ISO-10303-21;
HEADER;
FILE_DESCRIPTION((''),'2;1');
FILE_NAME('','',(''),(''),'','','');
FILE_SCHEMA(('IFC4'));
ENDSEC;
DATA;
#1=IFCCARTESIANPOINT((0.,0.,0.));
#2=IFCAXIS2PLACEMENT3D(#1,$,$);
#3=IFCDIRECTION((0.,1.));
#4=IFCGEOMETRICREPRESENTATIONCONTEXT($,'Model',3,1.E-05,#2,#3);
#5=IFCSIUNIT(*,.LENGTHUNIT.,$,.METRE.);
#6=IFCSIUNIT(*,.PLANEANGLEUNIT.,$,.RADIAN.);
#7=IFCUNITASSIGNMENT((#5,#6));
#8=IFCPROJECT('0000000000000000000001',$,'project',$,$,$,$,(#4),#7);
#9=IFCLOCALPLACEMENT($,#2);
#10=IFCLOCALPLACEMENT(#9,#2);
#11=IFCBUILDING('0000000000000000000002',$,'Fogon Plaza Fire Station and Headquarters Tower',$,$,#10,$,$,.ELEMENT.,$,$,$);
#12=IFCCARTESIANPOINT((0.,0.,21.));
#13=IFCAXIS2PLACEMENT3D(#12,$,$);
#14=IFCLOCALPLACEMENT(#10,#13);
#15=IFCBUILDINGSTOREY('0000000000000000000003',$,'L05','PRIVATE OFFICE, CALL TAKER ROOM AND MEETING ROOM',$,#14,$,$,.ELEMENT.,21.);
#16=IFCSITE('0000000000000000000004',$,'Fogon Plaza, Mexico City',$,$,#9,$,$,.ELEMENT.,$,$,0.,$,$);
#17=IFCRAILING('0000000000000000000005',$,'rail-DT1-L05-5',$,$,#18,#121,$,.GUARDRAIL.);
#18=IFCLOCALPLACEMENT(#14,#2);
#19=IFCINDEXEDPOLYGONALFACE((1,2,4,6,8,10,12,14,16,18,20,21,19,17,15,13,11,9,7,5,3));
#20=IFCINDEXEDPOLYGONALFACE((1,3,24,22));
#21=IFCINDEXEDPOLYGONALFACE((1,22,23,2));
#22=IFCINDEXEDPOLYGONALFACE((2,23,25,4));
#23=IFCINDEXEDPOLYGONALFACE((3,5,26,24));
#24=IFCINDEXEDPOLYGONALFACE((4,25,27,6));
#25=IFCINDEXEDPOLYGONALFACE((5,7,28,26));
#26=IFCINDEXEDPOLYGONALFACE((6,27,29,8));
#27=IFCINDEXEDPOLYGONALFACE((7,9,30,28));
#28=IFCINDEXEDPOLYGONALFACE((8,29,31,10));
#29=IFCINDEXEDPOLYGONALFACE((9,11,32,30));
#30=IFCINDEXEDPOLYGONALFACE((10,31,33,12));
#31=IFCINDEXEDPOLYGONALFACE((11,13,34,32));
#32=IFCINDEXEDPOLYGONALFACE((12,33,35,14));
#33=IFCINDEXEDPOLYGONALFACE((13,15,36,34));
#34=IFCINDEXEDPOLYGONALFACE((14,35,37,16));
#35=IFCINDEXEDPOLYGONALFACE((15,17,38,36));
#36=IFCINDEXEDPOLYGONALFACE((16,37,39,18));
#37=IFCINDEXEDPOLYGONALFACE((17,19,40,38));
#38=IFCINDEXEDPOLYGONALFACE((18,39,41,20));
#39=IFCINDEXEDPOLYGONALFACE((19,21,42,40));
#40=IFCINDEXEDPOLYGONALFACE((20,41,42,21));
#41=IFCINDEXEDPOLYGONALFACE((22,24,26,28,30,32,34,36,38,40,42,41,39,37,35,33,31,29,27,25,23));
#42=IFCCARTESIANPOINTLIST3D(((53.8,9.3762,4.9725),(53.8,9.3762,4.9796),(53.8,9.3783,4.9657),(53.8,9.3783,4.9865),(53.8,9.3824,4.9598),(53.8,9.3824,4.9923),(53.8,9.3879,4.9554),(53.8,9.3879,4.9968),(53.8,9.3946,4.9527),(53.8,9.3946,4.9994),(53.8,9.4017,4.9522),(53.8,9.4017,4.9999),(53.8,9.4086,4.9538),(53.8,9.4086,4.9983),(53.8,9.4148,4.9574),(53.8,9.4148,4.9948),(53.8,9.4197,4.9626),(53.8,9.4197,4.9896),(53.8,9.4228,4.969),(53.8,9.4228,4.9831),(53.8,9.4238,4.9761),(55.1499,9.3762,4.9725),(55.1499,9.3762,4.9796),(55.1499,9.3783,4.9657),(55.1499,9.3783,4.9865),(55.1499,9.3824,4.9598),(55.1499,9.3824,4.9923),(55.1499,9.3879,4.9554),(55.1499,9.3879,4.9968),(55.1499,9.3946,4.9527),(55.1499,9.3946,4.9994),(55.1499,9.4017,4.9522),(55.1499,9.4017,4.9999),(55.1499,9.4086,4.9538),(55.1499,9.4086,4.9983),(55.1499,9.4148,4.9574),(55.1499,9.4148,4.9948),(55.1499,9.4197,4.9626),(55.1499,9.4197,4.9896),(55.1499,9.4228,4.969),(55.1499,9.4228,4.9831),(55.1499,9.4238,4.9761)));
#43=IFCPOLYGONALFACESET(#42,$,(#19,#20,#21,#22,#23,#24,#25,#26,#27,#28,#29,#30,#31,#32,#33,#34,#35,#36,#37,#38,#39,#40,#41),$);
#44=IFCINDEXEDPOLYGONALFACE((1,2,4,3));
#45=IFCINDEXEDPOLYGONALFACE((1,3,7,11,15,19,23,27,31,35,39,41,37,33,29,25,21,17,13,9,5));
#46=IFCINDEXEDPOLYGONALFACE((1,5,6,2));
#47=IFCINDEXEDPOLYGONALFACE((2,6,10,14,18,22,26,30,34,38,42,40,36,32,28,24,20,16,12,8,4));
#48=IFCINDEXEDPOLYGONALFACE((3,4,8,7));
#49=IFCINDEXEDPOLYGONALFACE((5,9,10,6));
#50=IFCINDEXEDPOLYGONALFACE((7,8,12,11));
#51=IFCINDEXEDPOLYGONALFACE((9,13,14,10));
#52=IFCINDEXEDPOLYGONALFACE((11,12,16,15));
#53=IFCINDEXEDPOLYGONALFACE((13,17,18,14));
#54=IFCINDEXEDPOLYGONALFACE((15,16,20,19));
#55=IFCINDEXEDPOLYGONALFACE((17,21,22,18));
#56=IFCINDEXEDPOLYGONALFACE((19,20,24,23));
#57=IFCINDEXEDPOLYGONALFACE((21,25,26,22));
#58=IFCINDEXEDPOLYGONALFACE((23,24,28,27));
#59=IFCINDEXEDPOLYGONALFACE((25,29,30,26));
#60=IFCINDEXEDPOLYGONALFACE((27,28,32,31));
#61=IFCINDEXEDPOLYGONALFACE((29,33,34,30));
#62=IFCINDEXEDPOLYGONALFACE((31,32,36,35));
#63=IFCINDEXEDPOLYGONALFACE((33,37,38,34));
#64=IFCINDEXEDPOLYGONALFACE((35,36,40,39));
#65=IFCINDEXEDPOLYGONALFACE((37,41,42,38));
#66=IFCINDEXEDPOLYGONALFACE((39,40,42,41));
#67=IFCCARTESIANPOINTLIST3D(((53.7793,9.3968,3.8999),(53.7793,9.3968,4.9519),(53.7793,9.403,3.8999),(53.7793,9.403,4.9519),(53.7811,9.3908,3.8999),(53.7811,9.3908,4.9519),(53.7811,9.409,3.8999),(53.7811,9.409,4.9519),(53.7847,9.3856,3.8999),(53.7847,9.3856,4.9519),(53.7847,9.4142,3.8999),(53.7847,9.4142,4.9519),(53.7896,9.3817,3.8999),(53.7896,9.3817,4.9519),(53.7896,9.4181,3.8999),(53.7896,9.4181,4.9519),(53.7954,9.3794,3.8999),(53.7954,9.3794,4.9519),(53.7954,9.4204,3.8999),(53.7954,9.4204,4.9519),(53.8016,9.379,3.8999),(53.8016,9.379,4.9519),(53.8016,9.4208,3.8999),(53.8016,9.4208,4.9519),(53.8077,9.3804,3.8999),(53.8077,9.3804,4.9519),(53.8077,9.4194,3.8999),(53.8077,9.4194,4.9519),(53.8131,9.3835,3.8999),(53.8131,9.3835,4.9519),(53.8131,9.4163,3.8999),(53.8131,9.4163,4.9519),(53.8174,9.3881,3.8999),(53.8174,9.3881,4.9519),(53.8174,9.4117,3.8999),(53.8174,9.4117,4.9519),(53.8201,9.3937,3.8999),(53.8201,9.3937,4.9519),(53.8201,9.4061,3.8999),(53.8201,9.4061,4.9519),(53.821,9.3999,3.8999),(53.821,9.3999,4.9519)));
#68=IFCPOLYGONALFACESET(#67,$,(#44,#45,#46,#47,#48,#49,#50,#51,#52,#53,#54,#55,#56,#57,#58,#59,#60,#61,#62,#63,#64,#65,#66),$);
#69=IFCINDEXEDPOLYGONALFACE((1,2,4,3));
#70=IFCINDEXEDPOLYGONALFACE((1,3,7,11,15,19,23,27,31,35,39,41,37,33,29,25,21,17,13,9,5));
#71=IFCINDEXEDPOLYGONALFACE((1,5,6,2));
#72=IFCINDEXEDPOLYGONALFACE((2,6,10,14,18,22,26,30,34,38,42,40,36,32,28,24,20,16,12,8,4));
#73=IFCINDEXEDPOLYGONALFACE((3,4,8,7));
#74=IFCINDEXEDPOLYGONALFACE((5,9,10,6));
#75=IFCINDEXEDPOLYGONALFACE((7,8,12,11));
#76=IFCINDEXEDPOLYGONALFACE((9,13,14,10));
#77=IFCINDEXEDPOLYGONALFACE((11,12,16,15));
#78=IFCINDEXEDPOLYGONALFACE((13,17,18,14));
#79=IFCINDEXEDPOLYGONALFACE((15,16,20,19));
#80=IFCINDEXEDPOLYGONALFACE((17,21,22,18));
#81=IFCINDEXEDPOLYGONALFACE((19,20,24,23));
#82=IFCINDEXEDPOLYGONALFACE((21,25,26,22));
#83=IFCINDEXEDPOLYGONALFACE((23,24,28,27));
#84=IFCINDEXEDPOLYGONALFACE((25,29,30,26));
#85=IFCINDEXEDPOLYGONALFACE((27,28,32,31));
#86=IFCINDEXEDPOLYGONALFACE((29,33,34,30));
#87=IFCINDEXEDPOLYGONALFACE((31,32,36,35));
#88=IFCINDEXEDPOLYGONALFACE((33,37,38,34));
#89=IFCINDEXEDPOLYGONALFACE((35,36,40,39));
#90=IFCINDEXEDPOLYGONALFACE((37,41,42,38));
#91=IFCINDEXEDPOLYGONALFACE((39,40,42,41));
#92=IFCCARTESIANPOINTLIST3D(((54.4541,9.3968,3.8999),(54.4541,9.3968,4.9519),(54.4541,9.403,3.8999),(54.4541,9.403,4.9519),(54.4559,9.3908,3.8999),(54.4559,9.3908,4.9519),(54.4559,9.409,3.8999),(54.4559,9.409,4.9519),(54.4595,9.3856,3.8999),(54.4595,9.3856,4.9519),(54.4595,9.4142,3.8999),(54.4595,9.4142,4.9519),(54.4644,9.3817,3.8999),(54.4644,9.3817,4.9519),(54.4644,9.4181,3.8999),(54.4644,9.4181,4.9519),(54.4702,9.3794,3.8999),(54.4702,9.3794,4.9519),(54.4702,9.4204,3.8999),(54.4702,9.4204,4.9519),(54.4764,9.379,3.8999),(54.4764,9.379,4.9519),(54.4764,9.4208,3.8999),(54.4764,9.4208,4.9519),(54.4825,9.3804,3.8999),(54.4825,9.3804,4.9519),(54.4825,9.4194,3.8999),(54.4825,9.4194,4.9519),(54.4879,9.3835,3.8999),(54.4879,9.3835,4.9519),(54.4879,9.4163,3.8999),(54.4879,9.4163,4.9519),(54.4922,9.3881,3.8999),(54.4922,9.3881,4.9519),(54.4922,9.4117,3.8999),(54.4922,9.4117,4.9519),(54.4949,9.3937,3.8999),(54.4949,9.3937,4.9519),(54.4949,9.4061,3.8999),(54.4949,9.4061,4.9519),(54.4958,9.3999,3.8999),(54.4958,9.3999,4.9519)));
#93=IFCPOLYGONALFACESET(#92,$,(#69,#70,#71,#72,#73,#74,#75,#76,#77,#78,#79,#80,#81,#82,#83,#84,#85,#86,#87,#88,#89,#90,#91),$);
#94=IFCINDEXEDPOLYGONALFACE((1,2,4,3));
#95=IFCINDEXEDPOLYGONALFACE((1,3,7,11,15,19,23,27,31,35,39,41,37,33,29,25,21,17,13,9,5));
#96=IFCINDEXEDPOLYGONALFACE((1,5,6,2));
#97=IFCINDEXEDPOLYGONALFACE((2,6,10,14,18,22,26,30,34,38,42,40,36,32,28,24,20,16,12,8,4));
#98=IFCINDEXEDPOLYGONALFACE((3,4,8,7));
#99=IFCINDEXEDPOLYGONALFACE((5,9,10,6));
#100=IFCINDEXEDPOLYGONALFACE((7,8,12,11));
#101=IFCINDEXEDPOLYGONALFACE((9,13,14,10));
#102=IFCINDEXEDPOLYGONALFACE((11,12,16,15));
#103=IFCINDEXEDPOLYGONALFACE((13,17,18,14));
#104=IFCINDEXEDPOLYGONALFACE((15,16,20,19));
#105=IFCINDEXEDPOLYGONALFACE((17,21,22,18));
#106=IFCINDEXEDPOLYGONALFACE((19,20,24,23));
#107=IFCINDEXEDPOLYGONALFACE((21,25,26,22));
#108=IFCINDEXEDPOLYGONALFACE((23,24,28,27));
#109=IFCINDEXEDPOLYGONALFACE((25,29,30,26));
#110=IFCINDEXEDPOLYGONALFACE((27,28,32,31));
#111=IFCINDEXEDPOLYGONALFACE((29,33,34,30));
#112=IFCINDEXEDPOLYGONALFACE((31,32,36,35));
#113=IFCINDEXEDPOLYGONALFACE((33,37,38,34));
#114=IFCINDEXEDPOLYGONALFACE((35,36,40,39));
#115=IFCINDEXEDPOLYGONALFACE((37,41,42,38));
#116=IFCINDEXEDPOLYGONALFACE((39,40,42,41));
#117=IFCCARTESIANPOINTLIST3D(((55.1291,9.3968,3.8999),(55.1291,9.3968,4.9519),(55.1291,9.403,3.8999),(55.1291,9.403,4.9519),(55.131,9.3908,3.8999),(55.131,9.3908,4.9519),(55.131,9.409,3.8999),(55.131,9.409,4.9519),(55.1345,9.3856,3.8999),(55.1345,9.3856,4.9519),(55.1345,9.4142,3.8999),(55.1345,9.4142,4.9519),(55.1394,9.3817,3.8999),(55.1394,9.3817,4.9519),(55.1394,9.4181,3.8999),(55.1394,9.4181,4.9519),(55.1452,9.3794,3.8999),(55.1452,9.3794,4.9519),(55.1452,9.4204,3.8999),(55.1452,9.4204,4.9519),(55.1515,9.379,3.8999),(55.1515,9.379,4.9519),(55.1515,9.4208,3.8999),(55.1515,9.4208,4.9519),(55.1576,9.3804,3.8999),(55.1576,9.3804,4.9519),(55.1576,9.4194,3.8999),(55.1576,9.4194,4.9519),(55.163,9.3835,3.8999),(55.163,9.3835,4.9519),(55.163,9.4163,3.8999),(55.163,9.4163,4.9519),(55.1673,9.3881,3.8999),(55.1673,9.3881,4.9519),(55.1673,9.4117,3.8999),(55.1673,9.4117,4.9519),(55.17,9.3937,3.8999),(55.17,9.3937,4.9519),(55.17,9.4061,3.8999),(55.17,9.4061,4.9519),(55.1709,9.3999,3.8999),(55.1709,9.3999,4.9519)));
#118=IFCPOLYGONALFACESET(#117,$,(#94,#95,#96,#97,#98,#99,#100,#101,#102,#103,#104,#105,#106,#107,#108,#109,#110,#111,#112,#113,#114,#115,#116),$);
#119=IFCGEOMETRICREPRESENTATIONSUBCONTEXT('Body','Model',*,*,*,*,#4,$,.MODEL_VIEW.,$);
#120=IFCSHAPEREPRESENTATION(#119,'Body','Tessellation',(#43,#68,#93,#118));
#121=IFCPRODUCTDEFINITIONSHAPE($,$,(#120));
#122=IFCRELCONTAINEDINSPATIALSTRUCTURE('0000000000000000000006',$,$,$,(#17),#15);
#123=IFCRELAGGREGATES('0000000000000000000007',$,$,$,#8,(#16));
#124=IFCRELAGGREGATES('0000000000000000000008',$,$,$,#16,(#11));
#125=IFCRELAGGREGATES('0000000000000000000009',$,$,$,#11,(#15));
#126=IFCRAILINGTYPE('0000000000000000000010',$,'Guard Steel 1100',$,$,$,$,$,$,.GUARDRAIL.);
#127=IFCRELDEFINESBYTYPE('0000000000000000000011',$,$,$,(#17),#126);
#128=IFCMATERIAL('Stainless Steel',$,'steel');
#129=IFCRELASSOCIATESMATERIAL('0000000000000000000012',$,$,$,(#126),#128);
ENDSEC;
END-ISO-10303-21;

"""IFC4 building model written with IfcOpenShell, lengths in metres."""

from ifc_helpers import new_model, si_unit, direction, frame, origin, origin_2d, place, context, subcontext, project, spatial, circle, extrude, material, type_object, element, save


model = new_model("IFC4")

# Units and contexts
model_context = context("Model", 3, precision=1e-05, world=origin(), true_north=direction((0.0, 1.0)))
body_context = subcontext(model_context, "Body", "Model", "MODEL_VIEW")
ifc_project = project(units=[si_unit("LENGTHUNIT", "METRE"), si_unit("PLANEANGLEUNIT", "RADIAN")], contexts=[model_context])

# Site, building, storey
site_placement = place(None, origin())
site = spatial("IfcSite", under=ifc_project, at=site_placement, Name="Fogon Plaza, Mexico City", CompositionType="ELEMENT", RefElevation=0.0)
building_placement = place(site_placement, origin())
building = spatial("IfcBuilding", under=site, at=building_placement, Name="Fogon Plaza Fire Station and Headquarters Tower", CompositionType="ELEMENT")
storey_placement = place(building_placement, frame((0.0, 0.0, 21.0)))
storey = spatial("IfcBuildingStorey", under=building, at=storey_placement, Name="L05", Description="PRIVATE OFFICE, CALL TAKER ROOM AND MEETING ROOM", CompositionType="ELEMENT", Elevation=21.0)

# Railing
ifc_material_1 = material(Name="Stainless Steel", Category="steel")
railing_type_1 = type_object("IfcRailingType", Name="Guard Steel 1100", PredefinedType="GUARDRAIL", material=ifc_material_1)
railing_1_placement = place(storey_placement, frame((53.8, 9.3999, 3.8999)))
element("IfcRailing", 1, at=railing_1_placement, inside=storey, type_object=railing_type_1, Name="rail-DT1-L05-5", PredefinedType="GUARDRAIL", context=body_context, shape_type="SweptSolid", body=[
    extrude(circle(Radius=0.0239, at=origin_2d()), frame((0.0, 0.0, 1.0762), z_axis=(1.0, 0.0, 0.0), x_axis=(0.0, 1.0, 0.0)), (0.0, 0.0, 1.0), 1.3499),
    extrude(circle(Radius=0.021, at=origin_2d()), origin(), (0.0, 0.0, 1.0), 1.052),
    extrude(circle(Radius=0.021, at=origin_2d()), frame((0.6748, 0.0, 0.0)), (0.0, 0.0, 1.0), 1.052),
    extrude(circle(Radius=0.021, at=origin_2d()), frame((1.3499, 0.0, 0.0)), (0.0, 0.0, 1.0), 1.052),
])

save(model, "model.ifc")
